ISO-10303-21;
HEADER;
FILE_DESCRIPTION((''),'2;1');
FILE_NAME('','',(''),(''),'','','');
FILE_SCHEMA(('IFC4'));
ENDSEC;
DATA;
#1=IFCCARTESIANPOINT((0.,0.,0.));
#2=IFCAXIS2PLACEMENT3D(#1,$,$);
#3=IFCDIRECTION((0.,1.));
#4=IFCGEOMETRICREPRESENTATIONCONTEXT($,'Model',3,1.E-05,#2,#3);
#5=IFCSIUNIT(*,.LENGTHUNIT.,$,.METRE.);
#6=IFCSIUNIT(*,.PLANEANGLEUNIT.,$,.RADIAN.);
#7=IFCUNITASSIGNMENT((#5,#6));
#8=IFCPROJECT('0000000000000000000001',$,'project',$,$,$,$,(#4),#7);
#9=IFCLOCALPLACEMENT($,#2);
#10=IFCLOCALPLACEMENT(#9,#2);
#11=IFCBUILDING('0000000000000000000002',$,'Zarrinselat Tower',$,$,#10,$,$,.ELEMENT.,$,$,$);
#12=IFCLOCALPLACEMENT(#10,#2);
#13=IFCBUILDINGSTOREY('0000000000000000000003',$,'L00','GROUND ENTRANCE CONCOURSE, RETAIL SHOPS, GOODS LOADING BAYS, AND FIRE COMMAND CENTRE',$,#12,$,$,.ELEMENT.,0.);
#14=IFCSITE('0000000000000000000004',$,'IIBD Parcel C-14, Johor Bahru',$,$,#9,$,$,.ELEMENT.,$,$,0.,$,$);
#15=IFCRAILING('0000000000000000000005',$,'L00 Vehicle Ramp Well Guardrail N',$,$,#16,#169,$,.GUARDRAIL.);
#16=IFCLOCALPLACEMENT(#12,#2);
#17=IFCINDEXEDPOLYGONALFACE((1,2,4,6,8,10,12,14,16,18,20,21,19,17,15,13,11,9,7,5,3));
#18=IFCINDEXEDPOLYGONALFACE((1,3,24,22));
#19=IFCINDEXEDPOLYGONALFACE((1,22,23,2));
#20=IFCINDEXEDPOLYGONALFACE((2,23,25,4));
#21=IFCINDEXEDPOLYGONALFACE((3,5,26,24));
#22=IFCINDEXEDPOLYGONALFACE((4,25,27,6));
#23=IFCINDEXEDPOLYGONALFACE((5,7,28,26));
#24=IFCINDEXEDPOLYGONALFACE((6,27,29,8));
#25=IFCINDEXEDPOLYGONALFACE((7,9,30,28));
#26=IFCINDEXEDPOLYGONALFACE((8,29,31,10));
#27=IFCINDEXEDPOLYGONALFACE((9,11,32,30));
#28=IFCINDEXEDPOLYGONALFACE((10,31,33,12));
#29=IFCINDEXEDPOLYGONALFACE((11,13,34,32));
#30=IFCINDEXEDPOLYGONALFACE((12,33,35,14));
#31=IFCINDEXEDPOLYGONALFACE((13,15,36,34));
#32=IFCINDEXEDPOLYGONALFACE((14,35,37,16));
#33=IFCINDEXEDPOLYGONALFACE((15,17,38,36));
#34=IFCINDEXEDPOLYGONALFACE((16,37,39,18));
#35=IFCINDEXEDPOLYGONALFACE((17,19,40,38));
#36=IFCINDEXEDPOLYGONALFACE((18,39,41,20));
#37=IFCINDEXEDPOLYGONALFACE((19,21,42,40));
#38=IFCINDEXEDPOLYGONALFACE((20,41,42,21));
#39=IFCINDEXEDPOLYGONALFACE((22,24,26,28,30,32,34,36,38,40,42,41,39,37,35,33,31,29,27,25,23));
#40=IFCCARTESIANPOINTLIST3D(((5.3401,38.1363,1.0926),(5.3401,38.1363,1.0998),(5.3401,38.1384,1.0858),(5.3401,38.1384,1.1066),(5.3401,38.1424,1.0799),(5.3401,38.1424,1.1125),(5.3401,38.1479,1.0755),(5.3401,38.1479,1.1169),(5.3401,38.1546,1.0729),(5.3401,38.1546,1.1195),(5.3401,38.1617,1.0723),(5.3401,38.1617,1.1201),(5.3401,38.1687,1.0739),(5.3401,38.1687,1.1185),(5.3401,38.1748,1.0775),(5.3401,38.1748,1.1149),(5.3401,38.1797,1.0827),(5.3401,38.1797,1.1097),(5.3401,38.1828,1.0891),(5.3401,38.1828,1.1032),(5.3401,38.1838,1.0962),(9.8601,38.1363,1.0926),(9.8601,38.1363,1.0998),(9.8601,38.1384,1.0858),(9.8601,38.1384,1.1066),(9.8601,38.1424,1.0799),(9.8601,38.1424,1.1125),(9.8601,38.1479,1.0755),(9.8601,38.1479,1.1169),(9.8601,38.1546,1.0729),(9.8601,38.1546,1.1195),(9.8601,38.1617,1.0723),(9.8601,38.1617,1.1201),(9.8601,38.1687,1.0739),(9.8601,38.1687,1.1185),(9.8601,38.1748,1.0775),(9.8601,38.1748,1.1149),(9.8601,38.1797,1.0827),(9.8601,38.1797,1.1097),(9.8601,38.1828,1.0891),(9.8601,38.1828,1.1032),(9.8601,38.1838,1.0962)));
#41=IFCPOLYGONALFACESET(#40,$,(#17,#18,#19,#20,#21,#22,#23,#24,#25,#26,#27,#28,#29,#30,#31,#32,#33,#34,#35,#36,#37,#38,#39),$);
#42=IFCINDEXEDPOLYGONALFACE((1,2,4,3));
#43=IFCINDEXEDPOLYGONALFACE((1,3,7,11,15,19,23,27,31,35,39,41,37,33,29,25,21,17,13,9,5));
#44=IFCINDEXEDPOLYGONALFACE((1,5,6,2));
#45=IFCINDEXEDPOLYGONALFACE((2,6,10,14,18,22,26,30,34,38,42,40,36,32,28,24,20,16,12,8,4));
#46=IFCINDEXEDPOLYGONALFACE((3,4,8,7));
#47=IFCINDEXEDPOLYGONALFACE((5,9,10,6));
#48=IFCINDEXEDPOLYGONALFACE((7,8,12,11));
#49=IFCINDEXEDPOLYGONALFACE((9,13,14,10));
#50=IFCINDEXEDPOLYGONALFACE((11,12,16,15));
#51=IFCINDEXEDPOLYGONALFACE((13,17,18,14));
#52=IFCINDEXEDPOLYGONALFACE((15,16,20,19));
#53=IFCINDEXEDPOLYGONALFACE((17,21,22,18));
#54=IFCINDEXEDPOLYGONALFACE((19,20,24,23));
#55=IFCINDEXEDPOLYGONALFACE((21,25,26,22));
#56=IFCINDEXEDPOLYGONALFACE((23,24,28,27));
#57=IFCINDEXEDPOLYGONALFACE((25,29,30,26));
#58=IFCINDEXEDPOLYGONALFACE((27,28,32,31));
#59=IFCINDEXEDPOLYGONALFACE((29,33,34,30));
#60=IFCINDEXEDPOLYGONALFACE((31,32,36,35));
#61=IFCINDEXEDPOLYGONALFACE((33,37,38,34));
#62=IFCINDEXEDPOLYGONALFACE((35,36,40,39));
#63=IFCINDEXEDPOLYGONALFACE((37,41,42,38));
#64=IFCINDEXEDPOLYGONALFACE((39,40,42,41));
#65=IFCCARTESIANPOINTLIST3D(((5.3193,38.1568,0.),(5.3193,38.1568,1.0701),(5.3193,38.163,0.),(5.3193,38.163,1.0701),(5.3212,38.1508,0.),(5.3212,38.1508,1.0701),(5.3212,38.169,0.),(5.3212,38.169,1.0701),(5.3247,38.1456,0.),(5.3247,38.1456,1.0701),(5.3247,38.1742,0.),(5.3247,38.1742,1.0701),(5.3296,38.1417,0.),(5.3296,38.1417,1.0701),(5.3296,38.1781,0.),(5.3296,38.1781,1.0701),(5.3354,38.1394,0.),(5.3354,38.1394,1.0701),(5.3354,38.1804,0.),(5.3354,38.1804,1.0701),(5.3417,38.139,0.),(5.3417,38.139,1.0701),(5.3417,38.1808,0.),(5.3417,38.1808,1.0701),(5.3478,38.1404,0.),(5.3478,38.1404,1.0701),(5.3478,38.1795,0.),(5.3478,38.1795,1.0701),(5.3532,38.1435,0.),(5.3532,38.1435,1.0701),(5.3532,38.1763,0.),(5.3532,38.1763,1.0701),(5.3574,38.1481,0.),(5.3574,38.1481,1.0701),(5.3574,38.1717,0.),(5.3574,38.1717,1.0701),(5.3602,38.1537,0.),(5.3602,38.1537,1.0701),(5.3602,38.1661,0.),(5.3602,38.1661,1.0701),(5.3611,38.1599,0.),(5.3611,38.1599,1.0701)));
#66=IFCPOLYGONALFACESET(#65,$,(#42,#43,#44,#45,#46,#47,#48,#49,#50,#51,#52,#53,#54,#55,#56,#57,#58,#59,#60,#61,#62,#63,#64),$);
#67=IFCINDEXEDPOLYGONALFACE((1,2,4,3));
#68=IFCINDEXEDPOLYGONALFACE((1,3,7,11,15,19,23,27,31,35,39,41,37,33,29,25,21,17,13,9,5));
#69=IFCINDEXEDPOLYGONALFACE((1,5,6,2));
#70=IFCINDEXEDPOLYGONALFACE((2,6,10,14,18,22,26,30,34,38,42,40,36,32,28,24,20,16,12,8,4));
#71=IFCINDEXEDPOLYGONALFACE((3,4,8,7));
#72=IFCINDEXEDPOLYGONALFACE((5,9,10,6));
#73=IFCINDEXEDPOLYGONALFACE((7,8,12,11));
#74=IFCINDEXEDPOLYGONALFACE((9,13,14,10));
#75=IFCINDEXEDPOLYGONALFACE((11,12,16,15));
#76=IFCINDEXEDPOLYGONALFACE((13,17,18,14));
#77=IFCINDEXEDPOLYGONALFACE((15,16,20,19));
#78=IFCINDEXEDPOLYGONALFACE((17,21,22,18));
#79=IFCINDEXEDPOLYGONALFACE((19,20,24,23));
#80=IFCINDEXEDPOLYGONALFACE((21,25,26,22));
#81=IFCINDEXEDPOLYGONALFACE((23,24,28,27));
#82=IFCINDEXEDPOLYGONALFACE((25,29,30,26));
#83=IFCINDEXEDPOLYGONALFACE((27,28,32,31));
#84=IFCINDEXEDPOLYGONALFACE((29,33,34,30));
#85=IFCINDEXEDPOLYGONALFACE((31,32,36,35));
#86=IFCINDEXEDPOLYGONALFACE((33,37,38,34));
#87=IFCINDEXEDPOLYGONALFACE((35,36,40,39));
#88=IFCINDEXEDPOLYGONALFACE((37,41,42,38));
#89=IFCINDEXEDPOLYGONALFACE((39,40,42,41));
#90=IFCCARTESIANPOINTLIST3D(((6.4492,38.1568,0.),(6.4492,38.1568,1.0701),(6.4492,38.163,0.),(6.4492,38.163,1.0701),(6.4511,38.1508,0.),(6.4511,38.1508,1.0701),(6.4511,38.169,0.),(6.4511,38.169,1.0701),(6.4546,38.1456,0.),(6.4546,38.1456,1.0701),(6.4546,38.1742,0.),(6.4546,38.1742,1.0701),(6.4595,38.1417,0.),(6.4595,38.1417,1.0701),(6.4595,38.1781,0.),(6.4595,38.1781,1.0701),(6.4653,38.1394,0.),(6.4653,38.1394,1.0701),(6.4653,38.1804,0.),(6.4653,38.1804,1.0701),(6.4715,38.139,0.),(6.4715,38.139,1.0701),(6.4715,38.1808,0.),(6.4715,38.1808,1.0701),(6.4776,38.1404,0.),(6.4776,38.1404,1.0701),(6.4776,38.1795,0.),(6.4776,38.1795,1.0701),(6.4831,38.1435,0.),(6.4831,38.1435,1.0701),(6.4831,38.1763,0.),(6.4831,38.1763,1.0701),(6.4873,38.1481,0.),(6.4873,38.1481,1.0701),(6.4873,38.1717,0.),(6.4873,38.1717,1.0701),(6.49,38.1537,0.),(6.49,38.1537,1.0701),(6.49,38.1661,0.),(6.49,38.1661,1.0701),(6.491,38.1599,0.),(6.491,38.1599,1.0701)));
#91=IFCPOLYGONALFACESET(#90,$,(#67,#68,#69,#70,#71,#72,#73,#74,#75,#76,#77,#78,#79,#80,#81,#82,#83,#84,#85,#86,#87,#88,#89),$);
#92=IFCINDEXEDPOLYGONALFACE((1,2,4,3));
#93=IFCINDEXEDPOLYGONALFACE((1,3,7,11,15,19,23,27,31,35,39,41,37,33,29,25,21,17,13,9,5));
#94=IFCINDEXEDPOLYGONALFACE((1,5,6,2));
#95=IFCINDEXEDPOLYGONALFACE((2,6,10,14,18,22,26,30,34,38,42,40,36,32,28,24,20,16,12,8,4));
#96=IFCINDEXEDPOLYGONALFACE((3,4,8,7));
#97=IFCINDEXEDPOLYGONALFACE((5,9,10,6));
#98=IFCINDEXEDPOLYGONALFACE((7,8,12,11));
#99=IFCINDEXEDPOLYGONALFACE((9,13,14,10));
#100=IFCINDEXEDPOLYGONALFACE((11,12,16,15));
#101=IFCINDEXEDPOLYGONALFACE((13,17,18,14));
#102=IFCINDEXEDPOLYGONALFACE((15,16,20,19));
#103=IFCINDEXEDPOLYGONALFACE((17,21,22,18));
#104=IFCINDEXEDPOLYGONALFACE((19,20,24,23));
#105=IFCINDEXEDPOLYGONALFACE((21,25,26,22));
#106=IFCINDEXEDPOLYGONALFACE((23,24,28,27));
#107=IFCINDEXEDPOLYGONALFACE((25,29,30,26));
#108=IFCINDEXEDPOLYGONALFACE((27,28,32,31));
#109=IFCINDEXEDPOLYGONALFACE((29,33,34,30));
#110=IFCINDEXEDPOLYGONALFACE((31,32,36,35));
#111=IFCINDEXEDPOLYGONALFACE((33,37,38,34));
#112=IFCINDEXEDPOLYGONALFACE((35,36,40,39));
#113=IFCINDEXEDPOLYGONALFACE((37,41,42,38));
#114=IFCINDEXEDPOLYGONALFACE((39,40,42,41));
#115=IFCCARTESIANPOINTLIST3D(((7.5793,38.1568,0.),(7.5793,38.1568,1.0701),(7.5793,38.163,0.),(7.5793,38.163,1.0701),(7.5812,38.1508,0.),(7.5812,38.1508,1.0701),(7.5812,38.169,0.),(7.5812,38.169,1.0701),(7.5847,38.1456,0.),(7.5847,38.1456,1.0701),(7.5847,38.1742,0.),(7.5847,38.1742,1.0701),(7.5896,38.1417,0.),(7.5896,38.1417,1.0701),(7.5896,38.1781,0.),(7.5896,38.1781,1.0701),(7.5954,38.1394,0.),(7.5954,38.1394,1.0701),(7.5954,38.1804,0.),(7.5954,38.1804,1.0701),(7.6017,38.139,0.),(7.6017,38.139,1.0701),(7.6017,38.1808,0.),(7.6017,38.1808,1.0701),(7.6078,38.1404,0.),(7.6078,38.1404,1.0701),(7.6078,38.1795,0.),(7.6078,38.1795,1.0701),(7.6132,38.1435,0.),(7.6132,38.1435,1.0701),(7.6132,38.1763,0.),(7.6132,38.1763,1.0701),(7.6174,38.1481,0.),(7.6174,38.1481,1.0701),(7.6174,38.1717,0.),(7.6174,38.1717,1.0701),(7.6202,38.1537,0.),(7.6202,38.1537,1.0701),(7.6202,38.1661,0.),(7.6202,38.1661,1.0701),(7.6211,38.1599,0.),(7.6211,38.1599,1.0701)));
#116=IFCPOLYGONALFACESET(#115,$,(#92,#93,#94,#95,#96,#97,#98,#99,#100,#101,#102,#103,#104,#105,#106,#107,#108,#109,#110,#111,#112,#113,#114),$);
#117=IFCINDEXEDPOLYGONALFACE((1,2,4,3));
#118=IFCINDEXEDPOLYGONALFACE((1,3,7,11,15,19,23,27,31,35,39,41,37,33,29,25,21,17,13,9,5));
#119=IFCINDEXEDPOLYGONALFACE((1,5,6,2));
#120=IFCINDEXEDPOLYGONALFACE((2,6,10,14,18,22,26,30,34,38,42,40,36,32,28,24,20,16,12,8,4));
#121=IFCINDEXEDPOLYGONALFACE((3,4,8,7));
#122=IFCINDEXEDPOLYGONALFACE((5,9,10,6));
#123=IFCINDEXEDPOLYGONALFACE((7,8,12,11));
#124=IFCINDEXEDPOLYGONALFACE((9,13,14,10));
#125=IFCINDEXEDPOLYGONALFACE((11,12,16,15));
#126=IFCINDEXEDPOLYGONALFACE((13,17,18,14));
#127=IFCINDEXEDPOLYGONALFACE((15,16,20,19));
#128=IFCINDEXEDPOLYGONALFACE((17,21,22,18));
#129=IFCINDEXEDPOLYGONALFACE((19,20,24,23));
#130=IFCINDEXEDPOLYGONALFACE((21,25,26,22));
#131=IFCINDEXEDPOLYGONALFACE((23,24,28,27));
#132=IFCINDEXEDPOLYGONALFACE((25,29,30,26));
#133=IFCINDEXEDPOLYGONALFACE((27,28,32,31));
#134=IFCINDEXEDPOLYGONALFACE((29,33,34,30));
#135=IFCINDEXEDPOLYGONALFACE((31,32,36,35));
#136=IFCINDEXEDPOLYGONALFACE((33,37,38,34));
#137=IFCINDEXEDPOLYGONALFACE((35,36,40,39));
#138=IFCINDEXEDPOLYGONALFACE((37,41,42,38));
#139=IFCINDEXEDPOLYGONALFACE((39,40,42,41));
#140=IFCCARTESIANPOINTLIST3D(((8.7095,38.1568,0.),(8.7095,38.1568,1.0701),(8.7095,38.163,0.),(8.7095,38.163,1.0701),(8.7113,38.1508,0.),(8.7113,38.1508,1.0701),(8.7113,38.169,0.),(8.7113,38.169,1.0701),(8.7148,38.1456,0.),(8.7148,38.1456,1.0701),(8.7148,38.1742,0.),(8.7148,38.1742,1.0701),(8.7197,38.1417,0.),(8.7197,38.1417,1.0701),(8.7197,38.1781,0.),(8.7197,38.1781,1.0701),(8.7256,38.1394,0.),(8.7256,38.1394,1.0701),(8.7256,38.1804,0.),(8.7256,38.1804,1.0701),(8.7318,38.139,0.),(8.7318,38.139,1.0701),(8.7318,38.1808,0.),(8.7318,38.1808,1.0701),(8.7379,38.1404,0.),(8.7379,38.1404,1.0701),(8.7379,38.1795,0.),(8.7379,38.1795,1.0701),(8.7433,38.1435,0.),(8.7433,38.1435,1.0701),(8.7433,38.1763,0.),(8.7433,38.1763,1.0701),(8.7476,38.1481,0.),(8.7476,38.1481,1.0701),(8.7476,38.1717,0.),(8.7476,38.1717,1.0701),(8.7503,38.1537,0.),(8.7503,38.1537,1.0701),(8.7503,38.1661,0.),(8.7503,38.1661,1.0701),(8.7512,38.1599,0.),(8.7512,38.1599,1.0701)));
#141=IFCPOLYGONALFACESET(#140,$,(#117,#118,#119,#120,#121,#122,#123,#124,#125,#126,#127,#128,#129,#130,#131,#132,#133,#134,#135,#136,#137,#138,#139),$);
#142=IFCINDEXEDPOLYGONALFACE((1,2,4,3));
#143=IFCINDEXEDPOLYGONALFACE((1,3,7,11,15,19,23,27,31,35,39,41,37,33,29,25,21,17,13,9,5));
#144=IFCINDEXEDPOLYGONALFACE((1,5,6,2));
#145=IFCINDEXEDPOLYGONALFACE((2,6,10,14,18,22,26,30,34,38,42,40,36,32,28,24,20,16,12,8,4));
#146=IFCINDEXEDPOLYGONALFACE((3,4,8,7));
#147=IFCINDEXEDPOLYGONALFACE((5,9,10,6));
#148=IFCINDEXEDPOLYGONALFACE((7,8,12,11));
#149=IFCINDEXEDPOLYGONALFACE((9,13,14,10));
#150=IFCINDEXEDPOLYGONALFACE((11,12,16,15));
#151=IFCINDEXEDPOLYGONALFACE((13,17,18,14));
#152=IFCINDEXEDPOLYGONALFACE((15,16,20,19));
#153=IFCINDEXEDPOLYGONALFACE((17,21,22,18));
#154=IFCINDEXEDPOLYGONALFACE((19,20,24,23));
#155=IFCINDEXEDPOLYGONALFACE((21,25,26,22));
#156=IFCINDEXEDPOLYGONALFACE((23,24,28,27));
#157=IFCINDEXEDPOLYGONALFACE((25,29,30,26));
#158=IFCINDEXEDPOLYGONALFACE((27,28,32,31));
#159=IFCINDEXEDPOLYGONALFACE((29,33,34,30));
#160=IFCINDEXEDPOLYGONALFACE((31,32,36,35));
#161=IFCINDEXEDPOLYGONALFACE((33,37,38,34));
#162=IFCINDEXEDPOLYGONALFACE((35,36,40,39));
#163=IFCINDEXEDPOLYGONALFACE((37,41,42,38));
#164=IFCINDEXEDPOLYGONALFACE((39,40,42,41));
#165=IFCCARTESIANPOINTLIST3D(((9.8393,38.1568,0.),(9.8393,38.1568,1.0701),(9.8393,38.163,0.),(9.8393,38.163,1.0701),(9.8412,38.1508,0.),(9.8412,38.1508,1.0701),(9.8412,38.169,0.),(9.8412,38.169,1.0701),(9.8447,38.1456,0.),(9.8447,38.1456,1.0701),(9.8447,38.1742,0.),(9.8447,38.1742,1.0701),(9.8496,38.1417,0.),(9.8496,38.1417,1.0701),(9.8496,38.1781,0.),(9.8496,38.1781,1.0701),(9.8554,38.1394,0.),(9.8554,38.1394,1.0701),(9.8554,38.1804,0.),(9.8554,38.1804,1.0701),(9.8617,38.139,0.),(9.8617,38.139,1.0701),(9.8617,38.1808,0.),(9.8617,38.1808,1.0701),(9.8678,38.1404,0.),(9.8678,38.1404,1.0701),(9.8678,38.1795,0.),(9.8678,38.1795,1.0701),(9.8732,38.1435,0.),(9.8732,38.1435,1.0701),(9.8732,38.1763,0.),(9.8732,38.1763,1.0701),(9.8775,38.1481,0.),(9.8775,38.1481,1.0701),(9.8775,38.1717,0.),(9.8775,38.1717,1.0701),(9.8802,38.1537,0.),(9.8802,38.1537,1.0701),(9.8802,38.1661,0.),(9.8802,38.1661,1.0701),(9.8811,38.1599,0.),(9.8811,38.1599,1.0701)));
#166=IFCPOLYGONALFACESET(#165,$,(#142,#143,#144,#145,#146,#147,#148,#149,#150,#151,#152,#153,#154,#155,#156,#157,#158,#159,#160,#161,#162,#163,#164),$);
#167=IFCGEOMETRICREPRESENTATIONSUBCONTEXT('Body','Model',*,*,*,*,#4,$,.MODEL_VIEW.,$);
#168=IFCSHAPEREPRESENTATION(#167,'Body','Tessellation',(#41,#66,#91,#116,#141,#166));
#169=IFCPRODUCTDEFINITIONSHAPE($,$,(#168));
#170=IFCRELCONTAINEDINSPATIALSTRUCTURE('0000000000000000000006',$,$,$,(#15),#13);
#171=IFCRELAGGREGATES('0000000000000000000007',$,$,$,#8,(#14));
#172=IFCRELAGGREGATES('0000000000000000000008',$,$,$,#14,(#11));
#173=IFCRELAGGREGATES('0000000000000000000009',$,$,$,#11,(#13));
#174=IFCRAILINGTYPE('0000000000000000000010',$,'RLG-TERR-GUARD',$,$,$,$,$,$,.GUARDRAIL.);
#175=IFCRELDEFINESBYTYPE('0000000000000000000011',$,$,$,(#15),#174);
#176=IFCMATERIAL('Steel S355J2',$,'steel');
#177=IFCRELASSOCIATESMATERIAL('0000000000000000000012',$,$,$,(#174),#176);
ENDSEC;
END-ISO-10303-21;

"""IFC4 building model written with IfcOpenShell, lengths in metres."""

from ifc_helpers import new_model, si_unit, direction, frame, origin, origin_2d, place, context, subcontext, project, spatial, circle, extrude, material, type_object, element, save


model = new_model("IFC4")

# Units and contexts
model_context = context("Model", 3, precision=1e-05, world=origin(), true_north=direction((0.0, 1.0)))
body_context = subcontext(model_context, "Body", "Model", "MODEL_VIEW")
ifc_project = project(units=[si_unit("LENGTHUNIT", "METRE"), si_unit("PLANEANGLEUNIT", "RADIAN")], contexts=[model_context])

# Site, building, storey
site_placement = place(None, origin())
site = spatial("IfcSite", under=ifc_project, at=site_placement, Name="IIBD Parcel C-14, Johor Bahru", CompositionType="ELEMENT", RefElevation=0.0)
building_placement = place(site_placement, origin())
building = spatial("IfcBuilding", under=site, at=building_placement, Name="Zarrinselat Tower", CompositionType="ELEMENT")
storey_placement = place(building_placement, origin())
storey = spatial("IfcBuildingStorey", under=building, at=storey_placement, Name="L00", Description="GROUND ENTRANCE CONCOURSE, RETAIL SHOPS, GOODS LOADING BAYS, AND FIRE COMMAND CENTRE", CompositionType="ELEMENT", Elevation=0.0)

# Railing
ifc_material_1 = material(Name="Steel S355J2", Category="steel")
railing_type_1 = type_object("IfcRailingType", Name="RLG-TERR-GUARD", PredefinedType="GUARDRAIL", material=ifc_material_1)
railing_1_placement = place(storey_placement, frame((5.3401, 38.1599, 0.0)))
element("IfcRailing", 1, at=railing_1_placement, inside=storey, type_object=railing_type_1, Name="L00 Vehicle Ramp Well Guardrail N", PredefinedType="GUARDRAIL", context=body_context, shape_type="SweptSolid", body=[
    extrude(circle(Radius=0.0239, at=origin_2d()), frame((0.0, 0.0, 1.0962), z_axis=(1.0, 0.0, 0.0), x_axis=(0.0, 1.0, 0.0)), (0.0, 0.0, 1.0), 4.52),
    extrude(circle(Radius=0.021, at=origin_2d()), origin(), (0.0, 0.0, 1.0), 1.0701),
    extrude(circle(Radius=0.021, at=origin_2d()), frame((1.1299, 0.0, 0.0)), (0.0, 0.0, 1.0), 1.0701),
    extrude(circle(Radius=0.021, at=origin_2d()), frame((2.26, 0.0, 0.0)), (0.0, 0.0, 1.0), 1.0701),
    extrude(circle(Radius=0.021, at=origin_2d()), frame((3.3901, 0.0, 0.0)), (0.0, 0.0, 1.0), 1.0701),
    extrude(circle(Radius=0.021, at=origin_2d()), frame((4.52, 0.0, 0.0)), (0.0, 0.0, 1.0), 1.0701),
])

save(model, "model.ifc")
